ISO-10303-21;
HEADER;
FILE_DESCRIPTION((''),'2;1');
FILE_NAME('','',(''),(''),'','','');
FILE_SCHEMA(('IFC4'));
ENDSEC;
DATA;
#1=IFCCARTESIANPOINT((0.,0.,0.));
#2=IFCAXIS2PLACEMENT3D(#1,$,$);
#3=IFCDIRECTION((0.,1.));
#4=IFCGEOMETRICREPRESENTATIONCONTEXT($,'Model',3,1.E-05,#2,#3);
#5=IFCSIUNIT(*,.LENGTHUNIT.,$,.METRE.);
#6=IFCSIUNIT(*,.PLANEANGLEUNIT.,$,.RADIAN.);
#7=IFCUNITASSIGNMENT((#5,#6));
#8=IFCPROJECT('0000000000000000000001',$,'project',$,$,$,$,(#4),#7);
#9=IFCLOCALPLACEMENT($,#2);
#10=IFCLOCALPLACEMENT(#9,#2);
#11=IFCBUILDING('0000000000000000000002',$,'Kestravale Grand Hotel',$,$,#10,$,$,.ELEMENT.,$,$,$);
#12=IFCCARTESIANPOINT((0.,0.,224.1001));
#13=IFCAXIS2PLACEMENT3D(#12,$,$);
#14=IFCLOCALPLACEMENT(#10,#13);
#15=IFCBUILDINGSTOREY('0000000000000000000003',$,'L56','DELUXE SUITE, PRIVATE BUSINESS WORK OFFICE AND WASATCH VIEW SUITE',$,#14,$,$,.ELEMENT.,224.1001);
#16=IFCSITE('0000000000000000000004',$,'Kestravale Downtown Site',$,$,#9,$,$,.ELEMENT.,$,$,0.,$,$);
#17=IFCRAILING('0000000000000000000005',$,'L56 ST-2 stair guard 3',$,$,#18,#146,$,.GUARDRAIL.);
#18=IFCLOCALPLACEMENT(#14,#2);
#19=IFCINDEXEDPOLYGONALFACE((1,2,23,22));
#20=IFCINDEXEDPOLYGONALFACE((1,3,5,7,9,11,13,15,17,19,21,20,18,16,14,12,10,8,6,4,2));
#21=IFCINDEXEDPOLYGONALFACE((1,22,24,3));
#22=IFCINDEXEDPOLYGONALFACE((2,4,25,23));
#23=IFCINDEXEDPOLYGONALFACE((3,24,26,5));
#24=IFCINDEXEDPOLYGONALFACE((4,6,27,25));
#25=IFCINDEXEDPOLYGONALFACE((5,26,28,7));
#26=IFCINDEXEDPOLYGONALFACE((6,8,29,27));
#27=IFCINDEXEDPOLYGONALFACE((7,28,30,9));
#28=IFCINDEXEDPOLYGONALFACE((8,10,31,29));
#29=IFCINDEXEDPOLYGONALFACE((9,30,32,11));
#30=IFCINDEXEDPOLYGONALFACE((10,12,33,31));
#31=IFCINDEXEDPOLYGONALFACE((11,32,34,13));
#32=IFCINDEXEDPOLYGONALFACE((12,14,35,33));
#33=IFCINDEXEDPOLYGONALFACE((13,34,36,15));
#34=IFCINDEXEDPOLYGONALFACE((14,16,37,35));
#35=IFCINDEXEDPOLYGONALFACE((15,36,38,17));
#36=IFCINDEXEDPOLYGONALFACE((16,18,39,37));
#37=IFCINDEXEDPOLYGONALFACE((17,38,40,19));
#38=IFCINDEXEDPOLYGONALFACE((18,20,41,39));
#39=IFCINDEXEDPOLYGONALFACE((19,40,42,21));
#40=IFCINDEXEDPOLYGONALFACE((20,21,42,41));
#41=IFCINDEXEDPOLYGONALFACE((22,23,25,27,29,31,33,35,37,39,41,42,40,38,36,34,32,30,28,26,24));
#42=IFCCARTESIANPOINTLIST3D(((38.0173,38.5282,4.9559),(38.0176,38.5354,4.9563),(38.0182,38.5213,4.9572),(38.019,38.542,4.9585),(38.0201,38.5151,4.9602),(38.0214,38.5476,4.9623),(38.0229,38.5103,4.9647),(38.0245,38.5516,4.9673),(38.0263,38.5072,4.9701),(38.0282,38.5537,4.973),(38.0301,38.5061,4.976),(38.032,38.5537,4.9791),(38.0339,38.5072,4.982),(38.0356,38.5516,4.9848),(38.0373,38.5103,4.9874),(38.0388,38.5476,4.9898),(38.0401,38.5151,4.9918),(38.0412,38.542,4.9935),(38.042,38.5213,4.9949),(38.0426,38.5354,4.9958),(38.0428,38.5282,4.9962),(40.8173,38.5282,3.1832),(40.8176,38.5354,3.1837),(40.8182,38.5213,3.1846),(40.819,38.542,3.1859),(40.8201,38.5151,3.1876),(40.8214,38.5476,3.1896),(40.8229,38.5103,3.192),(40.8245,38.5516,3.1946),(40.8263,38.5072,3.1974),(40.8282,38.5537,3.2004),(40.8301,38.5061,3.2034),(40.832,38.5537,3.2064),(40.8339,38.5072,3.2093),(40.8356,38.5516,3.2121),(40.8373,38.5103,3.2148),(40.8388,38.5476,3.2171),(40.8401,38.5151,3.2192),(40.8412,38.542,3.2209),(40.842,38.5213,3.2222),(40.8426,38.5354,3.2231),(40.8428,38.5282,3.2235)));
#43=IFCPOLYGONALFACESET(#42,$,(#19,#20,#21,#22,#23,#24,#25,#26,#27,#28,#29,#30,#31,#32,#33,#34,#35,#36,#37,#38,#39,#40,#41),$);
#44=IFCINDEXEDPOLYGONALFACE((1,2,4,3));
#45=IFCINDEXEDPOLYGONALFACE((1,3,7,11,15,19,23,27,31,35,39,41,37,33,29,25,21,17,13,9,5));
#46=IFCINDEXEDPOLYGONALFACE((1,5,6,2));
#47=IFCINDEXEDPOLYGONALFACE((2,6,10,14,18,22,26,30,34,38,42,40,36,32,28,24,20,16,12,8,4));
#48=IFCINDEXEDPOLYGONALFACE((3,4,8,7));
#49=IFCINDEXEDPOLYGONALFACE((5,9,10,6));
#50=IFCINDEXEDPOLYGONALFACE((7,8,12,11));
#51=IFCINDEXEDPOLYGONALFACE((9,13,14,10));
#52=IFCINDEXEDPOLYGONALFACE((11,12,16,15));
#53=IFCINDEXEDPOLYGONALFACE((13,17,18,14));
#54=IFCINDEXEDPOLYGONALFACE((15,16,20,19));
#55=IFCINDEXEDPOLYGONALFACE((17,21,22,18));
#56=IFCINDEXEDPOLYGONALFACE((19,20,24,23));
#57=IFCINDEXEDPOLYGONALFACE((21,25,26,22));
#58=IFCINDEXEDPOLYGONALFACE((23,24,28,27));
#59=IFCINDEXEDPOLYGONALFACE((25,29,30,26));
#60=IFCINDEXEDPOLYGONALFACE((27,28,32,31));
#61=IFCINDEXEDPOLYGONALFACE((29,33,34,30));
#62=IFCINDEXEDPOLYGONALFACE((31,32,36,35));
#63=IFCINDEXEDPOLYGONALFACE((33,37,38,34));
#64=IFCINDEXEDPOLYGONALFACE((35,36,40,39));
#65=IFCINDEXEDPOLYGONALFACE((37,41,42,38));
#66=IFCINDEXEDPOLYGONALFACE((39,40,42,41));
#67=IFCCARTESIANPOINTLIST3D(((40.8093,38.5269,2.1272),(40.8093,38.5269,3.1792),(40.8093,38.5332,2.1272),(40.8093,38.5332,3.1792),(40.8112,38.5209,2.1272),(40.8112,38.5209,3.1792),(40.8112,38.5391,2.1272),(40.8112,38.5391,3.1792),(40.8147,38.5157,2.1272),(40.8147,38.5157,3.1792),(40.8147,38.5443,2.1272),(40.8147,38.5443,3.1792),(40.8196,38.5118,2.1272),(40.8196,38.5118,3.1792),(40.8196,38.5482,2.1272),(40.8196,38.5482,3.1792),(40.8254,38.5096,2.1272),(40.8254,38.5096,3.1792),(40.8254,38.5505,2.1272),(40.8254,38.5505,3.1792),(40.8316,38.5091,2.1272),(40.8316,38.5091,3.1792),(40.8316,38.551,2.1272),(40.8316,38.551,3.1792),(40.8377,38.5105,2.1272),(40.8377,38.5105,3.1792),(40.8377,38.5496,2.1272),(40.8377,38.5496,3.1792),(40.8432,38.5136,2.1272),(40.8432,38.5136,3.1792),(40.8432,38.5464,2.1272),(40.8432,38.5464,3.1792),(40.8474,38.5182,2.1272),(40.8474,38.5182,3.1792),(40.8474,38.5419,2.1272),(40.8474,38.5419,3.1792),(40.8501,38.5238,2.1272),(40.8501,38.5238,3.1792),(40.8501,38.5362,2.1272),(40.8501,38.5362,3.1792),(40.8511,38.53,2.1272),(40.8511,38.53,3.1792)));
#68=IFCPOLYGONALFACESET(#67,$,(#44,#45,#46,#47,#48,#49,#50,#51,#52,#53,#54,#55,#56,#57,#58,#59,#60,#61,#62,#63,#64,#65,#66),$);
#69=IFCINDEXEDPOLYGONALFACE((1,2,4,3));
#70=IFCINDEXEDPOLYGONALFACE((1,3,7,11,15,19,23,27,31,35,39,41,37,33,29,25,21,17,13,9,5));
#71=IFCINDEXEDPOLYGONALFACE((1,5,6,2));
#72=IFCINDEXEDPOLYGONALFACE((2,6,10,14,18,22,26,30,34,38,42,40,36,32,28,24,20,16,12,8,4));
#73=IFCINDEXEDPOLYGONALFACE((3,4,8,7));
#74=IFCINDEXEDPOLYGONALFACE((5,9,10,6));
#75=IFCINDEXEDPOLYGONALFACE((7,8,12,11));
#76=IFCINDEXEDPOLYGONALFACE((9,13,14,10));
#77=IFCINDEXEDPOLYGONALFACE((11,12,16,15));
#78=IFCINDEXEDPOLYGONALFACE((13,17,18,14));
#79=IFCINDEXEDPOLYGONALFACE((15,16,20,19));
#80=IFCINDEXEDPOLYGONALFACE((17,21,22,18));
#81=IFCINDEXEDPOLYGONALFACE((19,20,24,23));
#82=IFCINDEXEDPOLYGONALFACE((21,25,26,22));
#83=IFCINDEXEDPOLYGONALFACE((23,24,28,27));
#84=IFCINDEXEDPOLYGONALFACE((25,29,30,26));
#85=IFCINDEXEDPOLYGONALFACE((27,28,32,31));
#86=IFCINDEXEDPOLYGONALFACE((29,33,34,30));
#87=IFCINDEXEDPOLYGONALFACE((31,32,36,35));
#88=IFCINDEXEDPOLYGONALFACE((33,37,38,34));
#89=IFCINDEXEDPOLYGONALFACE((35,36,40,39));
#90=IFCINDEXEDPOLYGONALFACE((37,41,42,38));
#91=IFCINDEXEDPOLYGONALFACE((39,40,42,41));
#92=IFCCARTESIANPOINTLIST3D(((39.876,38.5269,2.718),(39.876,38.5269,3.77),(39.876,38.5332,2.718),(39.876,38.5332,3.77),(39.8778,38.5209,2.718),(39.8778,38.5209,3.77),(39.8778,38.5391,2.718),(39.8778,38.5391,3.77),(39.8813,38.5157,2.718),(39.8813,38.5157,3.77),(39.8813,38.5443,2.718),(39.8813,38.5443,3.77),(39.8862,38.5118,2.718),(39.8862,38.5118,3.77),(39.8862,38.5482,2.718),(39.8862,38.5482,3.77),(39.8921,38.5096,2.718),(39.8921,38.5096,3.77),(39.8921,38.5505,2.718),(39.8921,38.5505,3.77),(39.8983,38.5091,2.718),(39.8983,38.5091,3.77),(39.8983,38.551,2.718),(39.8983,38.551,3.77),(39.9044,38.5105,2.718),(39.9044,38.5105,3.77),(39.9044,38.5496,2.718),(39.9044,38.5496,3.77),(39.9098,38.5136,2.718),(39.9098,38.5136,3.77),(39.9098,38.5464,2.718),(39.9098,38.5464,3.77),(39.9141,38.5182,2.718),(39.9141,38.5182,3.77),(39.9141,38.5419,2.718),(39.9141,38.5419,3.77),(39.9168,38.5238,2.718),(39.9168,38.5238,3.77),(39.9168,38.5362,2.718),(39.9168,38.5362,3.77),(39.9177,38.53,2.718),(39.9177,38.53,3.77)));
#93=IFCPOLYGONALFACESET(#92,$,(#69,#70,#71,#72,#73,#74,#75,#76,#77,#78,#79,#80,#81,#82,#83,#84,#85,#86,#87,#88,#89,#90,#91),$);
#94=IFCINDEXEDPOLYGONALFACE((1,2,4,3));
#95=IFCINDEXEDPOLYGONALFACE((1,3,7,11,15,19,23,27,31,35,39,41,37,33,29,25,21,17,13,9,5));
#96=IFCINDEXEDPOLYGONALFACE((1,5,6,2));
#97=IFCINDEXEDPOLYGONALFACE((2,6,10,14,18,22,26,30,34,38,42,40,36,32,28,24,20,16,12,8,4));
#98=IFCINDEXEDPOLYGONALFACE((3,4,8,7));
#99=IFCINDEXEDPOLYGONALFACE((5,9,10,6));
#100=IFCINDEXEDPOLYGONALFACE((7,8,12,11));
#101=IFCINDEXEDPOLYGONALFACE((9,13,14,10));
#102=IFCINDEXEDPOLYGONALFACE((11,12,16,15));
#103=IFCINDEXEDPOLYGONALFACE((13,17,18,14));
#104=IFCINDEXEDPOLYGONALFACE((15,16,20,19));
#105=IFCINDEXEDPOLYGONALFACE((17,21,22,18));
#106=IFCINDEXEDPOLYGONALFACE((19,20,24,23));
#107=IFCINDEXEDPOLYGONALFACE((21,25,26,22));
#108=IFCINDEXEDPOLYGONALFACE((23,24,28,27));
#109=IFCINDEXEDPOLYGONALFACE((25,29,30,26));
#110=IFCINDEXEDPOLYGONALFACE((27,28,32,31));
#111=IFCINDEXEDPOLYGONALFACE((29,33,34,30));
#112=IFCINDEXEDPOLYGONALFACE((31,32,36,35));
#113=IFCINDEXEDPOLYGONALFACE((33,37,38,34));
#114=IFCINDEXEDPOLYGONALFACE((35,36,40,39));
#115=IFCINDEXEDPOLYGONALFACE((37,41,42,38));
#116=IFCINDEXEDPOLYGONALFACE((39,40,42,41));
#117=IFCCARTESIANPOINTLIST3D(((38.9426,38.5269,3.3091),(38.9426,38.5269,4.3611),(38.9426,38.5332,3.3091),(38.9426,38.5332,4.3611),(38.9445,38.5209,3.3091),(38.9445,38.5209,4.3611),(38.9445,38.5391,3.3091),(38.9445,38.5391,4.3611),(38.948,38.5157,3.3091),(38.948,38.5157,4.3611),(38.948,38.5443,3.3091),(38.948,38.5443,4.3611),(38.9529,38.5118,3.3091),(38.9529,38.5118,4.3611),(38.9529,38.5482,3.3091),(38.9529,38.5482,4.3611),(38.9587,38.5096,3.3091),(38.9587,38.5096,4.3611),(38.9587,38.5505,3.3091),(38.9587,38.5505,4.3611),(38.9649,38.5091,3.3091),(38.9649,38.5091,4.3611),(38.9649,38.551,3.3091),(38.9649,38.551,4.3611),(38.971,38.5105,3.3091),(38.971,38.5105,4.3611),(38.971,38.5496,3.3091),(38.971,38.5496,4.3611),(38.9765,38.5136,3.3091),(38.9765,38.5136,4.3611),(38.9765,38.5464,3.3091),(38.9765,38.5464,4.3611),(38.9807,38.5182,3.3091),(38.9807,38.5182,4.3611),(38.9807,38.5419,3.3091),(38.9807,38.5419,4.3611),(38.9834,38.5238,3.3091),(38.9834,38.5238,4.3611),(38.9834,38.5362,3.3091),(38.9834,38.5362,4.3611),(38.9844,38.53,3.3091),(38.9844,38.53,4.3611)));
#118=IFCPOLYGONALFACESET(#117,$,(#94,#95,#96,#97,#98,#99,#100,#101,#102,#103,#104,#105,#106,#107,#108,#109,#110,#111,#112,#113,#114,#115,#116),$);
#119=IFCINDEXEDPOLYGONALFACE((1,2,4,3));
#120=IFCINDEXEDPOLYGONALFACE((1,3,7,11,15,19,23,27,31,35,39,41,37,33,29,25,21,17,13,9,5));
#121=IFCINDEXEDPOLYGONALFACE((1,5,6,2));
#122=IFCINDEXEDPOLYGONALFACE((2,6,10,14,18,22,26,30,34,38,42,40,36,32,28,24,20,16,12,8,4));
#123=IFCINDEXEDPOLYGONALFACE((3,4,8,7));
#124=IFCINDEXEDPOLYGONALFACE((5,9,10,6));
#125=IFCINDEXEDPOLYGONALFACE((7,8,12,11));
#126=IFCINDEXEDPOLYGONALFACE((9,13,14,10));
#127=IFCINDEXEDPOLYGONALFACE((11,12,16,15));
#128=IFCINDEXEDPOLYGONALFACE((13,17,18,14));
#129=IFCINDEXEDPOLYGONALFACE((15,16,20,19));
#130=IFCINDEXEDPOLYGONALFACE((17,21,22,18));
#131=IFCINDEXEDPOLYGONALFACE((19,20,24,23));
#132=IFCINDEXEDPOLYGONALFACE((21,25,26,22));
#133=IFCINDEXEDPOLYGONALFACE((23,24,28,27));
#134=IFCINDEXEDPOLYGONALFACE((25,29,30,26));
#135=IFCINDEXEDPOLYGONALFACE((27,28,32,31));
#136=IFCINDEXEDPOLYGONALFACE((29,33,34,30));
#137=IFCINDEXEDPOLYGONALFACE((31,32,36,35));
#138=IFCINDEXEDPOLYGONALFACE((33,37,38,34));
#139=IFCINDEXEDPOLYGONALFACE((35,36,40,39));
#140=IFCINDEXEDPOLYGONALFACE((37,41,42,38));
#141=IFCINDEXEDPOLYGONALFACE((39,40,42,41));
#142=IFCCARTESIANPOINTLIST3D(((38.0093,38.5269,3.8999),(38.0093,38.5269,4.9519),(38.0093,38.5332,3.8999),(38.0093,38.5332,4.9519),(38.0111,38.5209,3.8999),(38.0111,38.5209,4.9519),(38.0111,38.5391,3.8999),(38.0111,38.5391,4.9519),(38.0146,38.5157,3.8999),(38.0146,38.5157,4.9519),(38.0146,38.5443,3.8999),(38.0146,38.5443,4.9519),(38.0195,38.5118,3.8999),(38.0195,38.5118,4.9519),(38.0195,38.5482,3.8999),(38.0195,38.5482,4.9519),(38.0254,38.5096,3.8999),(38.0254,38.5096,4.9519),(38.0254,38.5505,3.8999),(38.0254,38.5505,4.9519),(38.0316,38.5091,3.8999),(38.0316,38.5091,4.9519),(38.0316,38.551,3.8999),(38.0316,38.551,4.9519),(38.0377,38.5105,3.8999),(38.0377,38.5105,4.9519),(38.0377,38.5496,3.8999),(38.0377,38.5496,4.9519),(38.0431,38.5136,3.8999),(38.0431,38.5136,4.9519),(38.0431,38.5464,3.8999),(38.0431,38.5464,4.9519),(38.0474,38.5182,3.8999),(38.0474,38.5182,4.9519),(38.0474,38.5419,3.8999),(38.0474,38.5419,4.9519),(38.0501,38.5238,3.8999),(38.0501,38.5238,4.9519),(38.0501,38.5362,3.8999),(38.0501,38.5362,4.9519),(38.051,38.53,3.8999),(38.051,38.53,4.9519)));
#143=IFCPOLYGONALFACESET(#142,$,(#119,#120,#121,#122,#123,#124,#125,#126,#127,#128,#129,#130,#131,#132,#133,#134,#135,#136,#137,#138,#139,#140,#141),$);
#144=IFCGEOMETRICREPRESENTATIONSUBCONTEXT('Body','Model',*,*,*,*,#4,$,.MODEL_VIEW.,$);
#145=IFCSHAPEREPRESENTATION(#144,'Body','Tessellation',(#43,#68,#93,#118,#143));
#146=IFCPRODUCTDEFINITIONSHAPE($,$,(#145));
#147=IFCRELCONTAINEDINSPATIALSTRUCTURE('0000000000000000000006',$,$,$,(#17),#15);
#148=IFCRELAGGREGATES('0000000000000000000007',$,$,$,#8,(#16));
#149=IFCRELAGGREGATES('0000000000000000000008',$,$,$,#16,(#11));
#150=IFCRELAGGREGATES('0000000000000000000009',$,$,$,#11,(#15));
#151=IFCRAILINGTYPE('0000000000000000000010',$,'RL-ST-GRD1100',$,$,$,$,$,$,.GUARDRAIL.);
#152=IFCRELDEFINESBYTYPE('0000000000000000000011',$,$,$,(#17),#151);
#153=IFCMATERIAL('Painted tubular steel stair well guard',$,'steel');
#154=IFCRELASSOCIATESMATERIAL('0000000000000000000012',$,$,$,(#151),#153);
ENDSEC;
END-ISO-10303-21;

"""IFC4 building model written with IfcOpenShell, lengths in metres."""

from ifc_helpers import new_model, si_unit, direction, frame, origin, origin_2d, place, context, subcontext, project, spatial, circle, extrude, material, type_object, element, save


model = new_model("IFC4")

# Units and contexts
model_context = context("Model", 3, precision=1e-05, world=origin(), true_north=direction((0.0, 1.0)))
body_context = subcontext(model_context, "Body", "Model", "MODEL_VIEW")
ifc_project = project(units=[si_unit("LENGTHUNIT", "METRE"), si_unit("PLANEANGLEUNIT", "RADIAN")], contexts=[model_context])

# Site, building, storey
site_placement = place(None, origin())
site = spatial("IfcSite", under=ifc_project, at=site_placement, Name="Kestravale Downtown Site", CompositionType="ELEMENT", RefElevation=0.0)
building_placement = place(site_placement, origin())
building = spatial("IfcBuilding", under=site, at=building_placement, Name="Kestravale Grand Hotel", CompositionType="ELEMENT")
storey_placement = place(building_placement, frame((0.0, 0.0, 224.1001)))
storey = spatial("IfcBuildingStorey", under=building, at=storey_placement, Name="L56", Description="DELUXE SUITE, PRIVATE BUSINESS WORK OFFICE AND WASATCH VIEW SUITE", CompositionType="ELEMENT", Elevation=224.1001)

# Railing
ifc_material_1 = material(Name="Painted tubular steel stair well guard", Category="steel")
railing_type_1 = type_object("IfcRailingType", Name="RL-ST-GRD1100", PredefinedType="GUARDRAIL", material=ifc_material_1)
railing_1_placement = place(storey_placement, frame((40.8301, 38.53, 2.1272)))
element("IfcRailing", 1, at=railing_1_placement, inside=storey, type_object=railing_type_1, Name="L56 ST-2 stair guard 3", PredefinedType="GUARDRAIL", context=body_context, shape_type="SweptSolid", body=[
    extrude(circle(Radius=0.0239, at=origin_2d()), frame((0.0, 0.0, 1.0762), z_axis=(-0.844909, 0.0, 0.53491), x_axis=(0.0, -1.0, 0.0)), (0.0, 0.0, 1.0), 3.314),
    extrude(circle(Radius=0.021, at=origin_2d()), origin(), (0.0, 0.0, 1.0), 1.052),
    extrude(circle(Radius=0.021, at=origin_2d()), frame((-0.9333, 0.0, 0.5908)), (0.0, 0.0, 1.0), 1.052),
    extrude(circle(Radius=0.021, at=origin_2d()), frame((-1.8667, 0.0, 1.1819)), (0.0, 0.0, 1.0), 1.052),
    extrude(circle(Radius=0.021, at=origin_2d()), frame((-2.8, 0.0, 1.7727)), (0.0, 0.0, 1.0), 1.052),
])

save(model, "model.ifc")
